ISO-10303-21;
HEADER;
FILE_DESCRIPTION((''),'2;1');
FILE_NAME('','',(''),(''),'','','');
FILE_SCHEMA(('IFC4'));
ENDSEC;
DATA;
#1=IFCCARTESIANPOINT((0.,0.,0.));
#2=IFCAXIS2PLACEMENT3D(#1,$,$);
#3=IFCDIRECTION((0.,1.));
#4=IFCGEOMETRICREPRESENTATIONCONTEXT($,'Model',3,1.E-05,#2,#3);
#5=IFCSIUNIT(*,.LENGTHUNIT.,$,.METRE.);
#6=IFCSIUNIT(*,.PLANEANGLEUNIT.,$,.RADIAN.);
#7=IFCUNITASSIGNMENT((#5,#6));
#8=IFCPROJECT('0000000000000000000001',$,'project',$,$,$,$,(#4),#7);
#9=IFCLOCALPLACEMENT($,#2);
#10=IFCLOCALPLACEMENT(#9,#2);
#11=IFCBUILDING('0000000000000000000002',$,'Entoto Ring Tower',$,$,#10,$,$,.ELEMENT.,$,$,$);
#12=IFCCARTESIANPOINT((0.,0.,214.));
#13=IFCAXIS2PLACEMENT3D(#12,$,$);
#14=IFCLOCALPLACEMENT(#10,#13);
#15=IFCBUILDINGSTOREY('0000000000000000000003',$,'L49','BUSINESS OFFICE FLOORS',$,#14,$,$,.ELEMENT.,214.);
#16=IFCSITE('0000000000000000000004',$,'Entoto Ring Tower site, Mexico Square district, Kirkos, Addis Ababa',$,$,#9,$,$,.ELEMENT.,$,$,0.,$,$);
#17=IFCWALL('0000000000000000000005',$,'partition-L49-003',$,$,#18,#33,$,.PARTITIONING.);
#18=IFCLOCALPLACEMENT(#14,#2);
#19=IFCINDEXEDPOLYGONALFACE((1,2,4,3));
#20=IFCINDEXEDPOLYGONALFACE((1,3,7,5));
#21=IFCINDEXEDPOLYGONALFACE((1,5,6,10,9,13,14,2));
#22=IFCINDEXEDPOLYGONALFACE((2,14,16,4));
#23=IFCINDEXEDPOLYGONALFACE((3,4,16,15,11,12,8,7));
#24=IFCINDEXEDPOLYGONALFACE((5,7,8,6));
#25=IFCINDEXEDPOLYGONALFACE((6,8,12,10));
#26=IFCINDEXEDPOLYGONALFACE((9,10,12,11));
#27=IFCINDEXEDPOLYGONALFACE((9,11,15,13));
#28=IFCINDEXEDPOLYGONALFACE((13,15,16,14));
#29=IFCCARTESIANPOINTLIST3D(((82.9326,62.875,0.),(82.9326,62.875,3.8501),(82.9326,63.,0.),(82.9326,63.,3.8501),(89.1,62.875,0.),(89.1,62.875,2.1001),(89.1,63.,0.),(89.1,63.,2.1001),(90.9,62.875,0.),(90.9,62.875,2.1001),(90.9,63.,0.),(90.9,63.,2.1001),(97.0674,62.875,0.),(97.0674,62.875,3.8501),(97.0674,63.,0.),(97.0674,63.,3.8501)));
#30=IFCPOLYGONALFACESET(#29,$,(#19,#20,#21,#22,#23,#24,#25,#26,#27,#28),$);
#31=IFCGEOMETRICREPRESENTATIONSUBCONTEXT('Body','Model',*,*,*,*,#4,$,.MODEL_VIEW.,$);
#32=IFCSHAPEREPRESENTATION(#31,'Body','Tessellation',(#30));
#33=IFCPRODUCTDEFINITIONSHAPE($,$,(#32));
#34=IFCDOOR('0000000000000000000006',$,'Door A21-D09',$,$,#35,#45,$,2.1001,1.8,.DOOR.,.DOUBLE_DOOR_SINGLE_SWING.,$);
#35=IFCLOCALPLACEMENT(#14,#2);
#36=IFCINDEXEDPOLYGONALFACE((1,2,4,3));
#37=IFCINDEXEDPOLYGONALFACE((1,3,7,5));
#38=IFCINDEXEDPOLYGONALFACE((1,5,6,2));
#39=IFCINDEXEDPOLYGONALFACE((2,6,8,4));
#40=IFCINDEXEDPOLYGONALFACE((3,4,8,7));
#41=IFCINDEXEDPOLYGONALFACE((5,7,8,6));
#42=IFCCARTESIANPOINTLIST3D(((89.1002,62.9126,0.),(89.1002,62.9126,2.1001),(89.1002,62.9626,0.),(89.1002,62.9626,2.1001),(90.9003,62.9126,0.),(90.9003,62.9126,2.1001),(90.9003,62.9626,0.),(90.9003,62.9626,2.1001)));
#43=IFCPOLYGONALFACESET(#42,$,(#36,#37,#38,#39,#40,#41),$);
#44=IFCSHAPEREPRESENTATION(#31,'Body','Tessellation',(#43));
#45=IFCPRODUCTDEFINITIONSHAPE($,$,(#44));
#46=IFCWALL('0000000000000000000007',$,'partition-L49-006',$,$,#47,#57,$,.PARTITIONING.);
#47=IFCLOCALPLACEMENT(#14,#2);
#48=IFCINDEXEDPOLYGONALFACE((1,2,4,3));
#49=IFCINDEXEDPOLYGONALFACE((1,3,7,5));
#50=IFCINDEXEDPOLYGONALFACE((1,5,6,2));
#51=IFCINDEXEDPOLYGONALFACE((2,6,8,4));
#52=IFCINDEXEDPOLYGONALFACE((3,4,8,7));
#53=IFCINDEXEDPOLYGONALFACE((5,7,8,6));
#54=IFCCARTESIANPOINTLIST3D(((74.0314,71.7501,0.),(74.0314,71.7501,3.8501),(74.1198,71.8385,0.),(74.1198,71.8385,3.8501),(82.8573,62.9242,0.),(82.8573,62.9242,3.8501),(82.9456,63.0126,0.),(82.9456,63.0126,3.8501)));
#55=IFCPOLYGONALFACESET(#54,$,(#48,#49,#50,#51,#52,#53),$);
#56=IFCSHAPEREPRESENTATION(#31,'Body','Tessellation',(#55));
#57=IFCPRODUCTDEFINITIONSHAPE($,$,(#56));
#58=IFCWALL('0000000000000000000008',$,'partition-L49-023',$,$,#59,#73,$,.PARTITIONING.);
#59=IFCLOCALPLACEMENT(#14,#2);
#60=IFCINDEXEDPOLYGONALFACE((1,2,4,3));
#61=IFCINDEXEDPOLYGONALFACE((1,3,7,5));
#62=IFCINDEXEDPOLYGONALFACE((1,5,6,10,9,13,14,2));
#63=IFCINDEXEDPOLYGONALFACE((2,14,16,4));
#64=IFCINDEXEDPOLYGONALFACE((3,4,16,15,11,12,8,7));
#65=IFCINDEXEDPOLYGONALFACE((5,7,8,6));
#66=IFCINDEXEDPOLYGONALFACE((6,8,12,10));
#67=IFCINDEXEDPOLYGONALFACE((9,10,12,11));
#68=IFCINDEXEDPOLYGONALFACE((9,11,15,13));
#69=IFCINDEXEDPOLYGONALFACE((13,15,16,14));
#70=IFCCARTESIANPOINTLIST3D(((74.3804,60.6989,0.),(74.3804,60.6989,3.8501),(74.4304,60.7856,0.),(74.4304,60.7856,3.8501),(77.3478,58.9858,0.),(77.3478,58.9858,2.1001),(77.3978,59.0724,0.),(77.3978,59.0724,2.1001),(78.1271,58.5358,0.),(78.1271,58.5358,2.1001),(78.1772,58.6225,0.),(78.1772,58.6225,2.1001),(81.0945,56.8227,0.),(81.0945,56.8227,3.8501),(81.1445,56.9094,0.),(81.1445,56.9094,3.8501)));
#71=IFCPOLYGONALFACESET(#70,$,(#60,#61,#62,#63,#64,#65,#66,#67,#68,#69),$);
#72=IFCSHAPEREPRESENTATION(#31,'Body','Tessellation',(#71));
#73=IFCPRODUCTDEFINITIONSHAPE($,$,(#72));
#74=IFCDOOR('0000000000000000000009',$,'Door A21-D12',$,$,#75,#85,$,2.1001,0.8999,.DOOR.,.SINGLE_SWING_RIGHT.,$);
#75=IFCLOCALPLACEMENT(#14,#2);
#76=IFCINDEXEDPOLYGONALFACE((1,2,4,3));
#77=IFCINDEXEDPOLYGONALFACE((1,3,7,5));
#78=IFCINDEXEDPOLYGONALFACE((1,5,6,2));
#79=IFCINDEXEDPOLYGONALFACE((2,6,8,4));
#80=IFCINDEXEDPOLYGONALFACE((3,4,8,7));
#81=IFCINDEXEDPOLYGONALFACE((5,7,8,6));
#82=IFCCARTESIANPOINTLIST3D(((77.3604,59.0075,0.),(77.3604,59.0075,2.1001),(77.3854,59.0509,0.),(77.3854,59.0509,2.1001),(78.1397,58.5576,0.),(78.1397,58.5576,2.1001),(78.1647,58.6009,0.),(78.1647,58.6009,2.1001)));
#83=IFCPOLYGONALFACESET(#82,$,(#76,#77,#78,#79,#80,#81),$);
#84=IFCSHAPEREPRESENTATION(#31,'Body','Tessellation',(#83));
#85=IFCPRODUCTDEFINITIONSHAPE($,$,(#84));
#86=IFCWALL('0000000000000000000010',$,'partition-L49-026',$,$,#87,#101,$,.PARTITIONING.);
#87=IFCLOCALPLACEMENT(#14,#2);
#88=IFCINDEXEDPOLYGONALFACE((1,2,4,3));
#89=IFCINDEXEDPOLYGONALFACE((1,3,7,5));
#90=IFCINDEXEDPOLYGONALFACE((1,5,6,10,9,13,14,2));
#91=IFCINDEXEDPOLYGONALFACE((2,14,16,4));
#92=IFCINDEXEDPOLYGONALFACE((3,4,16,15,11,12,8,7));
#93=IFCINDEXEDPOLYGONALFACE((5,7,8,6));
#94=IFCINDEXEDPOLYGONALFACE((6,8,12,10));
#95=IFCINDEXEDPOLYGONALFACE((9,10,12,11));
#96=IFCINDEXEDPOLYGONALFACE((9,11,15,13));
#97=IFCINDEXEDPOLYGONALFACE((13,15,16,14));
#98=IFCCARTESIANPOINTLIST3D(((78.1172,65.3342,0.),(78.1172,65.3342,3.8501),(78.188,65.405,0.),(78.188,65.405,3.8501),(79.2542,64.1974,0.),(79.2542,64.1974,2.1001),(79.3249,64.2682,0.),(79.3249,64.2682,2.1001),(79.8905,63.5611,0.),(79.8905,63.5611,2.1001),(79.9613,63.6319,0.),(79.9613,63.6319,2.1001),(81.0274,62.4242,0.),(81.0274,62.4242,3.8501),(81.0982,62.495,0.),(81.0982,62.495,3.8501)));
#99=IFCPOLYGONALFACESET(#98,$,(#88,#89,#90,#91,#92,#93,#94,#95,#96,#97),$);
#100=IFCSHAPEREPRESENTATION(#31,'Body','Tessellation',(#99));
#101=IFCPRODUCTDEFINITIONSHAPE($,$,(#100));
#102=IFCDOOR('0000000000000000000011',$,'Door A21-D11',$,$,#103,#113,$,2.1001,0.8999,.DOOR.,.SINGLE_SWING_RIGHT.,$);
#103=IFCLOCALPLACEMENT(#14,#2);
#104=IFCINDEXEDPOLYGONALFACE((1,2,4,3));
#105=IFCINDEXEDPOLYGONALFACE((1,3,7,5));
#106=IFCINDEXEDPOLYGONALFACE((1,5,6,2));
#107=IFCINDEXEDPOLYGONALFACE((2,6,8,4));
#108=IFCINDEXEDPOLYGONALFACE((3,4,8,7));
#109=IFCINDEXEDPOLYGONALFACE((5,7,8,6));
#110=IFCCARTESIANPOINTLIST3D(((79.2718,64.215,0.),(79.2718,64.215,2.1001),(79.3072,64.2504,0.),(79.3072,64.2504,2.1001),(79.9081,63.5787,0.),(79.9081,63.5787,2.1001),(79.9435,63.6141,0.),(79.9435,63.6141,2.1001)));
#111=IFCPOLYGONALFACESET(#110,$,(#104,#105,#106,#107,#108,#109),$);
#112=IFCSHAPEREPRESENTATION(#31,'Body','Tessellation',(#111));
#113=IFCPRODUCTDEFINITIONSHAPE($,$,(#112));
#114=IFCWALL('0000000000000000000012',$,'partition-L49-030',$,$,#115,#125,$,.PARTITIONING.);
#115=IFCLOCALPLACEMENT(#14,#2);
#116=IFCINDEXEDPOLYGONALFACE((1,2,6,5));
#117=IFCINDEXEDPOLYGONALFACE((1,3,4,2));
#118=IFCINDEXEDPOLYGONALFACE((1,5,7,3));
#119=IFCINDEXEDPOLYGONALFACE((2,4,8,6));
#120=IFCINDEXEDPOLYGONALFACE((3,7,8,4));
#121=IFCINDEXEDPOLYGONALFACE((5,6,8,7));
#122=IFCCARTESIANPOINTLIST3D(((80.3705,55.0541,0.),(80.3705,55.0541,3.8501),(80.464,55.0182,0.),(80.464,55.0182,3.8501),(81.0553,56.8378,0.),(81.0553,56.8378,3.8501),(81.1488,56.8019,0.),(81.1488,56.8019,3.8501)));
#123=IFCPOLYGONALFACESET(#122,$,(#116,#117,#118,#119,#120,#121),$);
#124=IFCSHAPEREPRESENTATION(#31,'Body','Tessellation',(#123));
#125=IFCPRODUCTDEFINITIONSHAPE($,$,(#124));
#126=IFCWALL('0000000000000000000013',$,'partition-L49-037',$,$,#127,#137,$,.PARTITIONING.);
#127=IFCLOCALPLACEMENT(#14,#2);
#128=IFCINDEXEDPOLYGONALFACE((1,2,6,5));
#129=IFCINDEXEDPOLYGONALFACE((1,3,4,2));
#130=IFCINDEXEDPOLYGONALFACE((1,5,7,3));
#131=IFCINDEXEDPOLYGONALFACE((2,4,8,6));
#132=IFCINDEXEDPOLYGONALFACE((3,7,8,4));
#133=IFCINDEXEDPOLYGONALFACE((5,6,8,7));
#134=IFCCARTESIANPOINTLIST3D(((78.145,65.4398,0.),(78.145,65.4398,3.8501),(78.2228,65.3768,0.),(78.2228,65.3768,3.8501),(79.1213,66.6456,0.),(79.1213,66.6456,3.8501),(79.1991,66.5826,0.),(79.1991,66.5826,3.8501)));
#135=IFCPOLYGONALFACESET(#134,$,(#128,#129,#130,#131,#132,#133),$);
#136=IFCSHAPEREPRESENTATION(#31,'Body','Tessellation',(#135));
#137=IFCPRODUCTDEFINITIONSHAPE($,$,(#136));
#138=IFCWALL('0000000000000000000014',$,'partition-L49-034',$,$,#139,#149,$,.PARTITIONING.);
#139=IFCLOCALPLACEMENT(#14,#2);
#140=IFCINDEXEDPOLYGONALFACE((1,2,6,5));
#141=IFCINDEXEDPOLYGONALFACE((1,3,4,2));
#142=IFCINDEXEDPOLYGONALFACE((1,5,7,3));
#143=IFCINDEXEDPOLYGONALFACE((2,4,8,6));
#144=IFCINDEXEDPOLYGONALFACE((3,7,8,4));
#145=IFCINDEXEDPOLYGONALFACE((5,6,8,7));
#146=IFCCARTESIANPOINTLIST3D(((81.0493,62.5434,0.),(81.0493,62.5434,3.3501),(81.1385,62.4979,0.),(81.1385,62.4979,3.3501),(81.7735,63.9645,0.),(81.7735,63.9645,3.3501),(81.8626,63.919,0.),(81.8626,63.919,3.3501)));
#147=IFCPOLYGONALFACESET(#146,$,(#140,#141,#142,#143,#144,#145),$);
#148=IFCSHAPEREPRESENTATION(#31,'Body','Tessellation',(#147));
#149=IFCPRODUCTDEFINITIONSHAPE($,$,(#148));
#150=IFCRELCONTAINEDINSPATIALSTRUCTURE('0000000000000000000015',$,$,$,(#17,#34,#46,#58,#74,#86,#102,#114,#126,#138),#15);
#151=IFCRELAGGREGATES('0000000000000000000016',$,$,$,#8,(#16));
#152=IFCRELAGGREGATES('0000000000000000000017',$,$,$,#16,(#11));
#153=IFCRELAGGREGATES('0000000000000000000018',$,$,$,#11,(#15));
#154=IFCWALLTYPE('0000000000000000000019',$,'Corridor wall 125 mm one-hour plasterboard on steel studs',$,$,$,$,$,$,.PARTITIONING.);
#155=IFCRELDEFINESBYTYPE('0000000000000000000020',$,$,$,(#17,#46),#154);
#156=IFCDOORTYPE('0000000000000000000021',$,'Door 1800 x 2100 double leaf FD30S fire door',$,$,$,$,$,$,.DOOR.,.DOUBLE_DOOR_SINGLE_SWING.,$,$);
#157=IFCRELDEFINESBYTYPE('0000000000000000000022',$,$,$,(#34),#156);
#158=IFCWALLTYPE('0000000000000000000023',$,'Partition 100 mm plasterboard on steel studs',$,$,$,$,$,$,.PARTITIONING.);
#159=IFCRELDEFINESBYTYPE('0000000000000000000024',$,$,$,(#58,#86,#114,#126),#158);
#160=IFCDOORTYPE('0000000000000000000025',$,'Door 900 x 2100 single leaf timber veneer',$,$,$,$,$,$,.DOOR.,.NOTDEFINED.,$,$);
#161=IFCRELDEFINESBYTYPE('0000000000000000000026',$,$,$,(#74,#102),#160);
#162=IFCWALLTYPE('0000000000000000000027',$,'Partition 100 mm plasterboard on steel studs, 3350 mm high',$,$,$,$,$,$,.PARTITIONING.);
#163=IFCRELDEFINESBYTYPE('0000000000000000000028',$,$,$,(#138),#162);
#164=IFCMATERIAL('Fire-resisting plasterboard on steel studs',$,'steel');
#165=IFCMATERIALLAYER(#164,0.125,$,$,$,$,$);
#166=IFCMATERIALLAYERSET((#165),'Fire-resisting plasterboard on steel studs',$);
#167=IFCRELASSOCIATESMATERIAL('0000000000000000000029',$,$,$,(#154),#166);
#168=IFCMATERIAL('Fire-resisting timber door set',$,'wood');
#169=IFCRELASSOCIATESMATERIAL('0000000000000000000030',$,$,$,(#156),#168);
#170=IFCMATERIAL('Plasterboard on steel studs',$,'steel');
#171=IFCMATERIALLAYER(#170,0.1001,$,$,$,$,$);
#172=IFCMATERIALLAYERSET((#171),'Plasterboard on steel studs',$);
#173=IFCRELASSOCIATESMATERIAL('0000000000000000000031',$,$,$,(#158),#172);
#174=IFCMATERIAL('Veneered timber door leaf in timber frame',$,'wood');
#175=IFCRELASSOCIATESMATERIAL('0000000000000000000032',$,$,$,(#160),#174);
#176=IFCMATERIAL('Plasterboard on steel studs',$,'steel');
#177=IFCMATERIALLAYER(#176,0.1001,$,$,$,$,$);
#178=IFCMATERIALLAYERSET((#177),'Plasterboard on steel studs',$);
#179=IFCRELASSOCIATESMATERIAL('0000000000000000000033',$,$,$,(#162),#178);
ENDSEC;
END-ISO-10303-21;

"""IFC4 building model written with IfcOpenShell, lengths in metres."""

from ifc_helpers import new_model, si_unit, direction, frame, frame_2d, origin, place, context, subcontext, project, spatial, rectangle, extrude, material, layer, layer_set, type_object, element, fill, save


model = new_model("IFC4")

# Units and contexts
model_context = context("Model", 3, precision=1e-05, world=origin(), true_north=direction((0.0, 1.0)))
body_context = subcontext(model_context, "Body", "Model", "MODEL_VIEW")
ifc_project = project(units=[si_unit("LENGTHUNIT", "METRE"), si_unit("PLANEANGLEUNIT", "RADIAN")], contexts=[model_context])

# Site, building, storey
site_placement = place(None, origin())
site = spatial("IfcSite", under=ifc_project, at=site_placement, Name="Entoto Ring Tower site, Mexico Square district, Kirkos, Addis Ababa", CompositionType="ELEMENT", RefElevation=0.0)
building_placement = place(site_placement, origin())
building = spatial("IfcBuilding", under=site, at=building_placement, Name="Entoto Ring Tower", CompositionType="ELEMENT")
storey_placement = place(building_placement, frame((0.0, 0.0, 214.0)))
storey = spatial("IfcBuildingStorey", under=building, at=storey_placement, Name="L49", Description="BUSINESS OFFICE FLOORS", CompositionType="ELEMENT", Elevation=214.0)

# Wall, opening, door
ifc_material_1 = material(Name="Fire-resisting plasterboard on steel studs", Category="steel")
ifc_layer_1 = layer(ifc_material_1, 0.125)
ifc_layer_set_1 = layer_set([ifc_layer_1], Name="Fire-resisting plasterboard on steel studs")
wall_type_1 = type_object("IfcWallType", Name="Corridor wall 125 mm one-hour plasterboard on steel studs", PredefinedType="PARTITIONING", material=ifc_layer_set_1)
wall_1_placement = place(storey_placement, frame((82.9326, 62.9375, 0.0), z_axis=(0.0, 0.0, 1.0), x_axis=(1.0, 0.0, 0.0)))
wall_1 = element("IfcWall", 1, at=wall_1_placement, inside=storey, type_object=wall_type_1, Name="partition-L49-003", PredefinedType="PARTITIONING", context=body_context, shape_type="SweptSolid", body=[
    extrude(rectangle(XDim=14.1348, YDim=0.125, at=frame_2d((7.0674, 0.0))), origin(), (0.0, 0.0, 1.0), 3.8501),
])
opening_1_placement = place(wall_1_placement, frame((6.1675, 0.0, 0.0)))
opening_1 = element("IfcOpeningElement", 2, at=opening_1_placement, cuts=wall_1, PredefinedType="OPENING", context=body_context, shape_type="SweptSolid", body=[
    extrude(rectangle(XDim=1.8, YDim=2.1001, at=frame_2d((0.8999, 1.05))), frame((0.0, 0.0725, 0.0), z_axis=(0.0, -1.0, 0.0), x_axis=(1.0, 0.0, 0.0)), (0.0, 0.0, 1.0), 0.145),
])
ifc_material_2 = material(Name="Fire-resisting timber door set", Category="wood")
door_type_1 = type_object("IfcDoorType", Name="Door 1800 x 2100 double leaf FD30S fire door", OperationType="DOUBLE_DOOR_SINGLE_SWING", PredefinedType="DOOR", material=ifc_material_2)
door_1_placement = place(opening_1_placement, frame((1.8, 0.0, 0.0), z_axis=(0.0, 0.0, 1.0), x_axis=(-1.0, 0.0, 0.0)))
door_1 = element("IfcDoor", 3, at=door_1_placement, inside=storey, type_object=door_type_1, Name="Door A21-D09", OperationType="DOUBLE_DOOR_SINGLE_SWING", OverallHeight=2.1001, OverallWidth=1.8, PredefinedType="DOOR", context=body_context, shape_type="SweptSolid", body=[
    extrude(rectangle(XDim=1.8, YDim=2.1001, at=frame_2d((0.8999, 1.05))), frame((0.0, 0.0249, 0.0), z_axis=(0.0, -1.0, 0.0), x_axis=(1.0, 0.0, 0.0)), (0.0, 0.0, 1.0), 0.05),
])
fill(opening_1, door_1)

# Wall
wall_2_placement = place(storey_placement, frame((82.9014, 62.9685, 0.0), z_axis=(0.0, 0.0, 1.0), x_axis=(-0.707107, 0.707107, 0.0)))
element("IfcWall", 4, at=wall_2_placement, inside=storey, type_object=wall_type_1, Name="partition-L49-006", PredefinedType="PARTITIONING", context=body_context, shape_type="SweptSolid", body=[
    extrude(rectangle(XDim=12.4817, YDim=0.125, at=frame_2d((6.2407, 0.0))), origin(), (0.0, 0.0, 1.0), 3.8501),
])

# Walls, openings, doors
ifc_material_3 = material(Name="Plasterboard on steel studs", Category="steel")
ifc_layer_2 = layer(ifc_material_3, 0.1001)
ifc_layer_set_2 = layer_set([ifc_layer_2], Name="Plasterboard on steel studs")
wall_type_2 = type_object("IfcWallType", Name="Partition 100 mm plasterboard on steel studs", PredefinedType="PARTITIONING", material=ifc_layer_set_2)
wall_3_placement = place(storey_placement, frame((81.1196, 56.866, 0.0), z_axis=(0.0, 0.0, 1.0), x_axis=(-0.866035, 0.499983, 0.0)))
wall_3 = element("IfcWall", 5, at=wall_3_placement, inside=storey, type_object=wall_type_2, Name="partition-L49-023", PredefinedType="PARTITIONING", context=body_context, shape_type="SweptSolid", body=[
    extrude(rectangle(XDim=7.7527, YDim=0.1001, at=frame_2d((3.8765, 0.0))), origin(), (0.0, 0.0, 1.0), 3.8501),
])
opening_2_placement = place(wall_3_placement, frame((3.4265, 0.0, 0.0)))
opening_2 = element("IfcOpeningElement", 6, at=opening_2_placement, cuts=wall_3, PredefinedType="OPENING", context=body_context, shape_type="SweptSolid", body=[
    extrude(rectangle(XDim=0.8999, YDim=2.1001, at=frame_2d((0.45, 1.05))), frame((0.0, 0.0601, 0.0), z_axis=(0.0, -1.0, 0.0), x_axis=(1.0, 0.0, 0.0)), (0.0, 0.0, 1.0), 0.1201),
])
ifc_material_4 = material(Name="Veneered timber door leaf in timber frame", Category="wood")
door_type_2 = type_object("IfcDoorType", Name="Door 900 x 2100 single leaf timber veneer", OperationType="NOTDEFINED", PredefinedType="DOOR", material=ifc_material_4)
door_2_placement = place(opening_2_placement, origin())
door_2 = element("IfcDoor", 7, at=door_2_placement, inside=storey, type_object=door_type_2, Name="Door A21-D12", OperationType="SINGLE_SWING_RIGHT", OverallHeight=2.1001, OverallWidth=0.8999, PredefinedType="DOOR", context=body_context, shape_type="SweptSolid", body=[
    extrude(rectangle(XDim=0.8999, YDim=2.1001, at=frame_2d((0.45, 1.05))), frame((0.0, 0.0249, 0.0), z_axis=(0.0, -1.0, 0.0), x_axis=(1.0, 0.0, 0.0)), (0.0, 0.0, 1.0), 0.05),
])
fill(opening_2, door_2)
wall_4_placement = place(storey_placement, frame((81.0627, 62.4597, 0.0), z_axis=(0.0, 0.0, 1.0), x_axis=(-0.707136, 0.707077, 0.0)))
wall_4 = element("IfcWall", 8, at=wall_4_placement, inside=storey, type_object=wall_type_2, Name="partition-L49-026", PredefinedType="PARTITIONING", context=body_context, shape_type="SweptSolid", body=[
    extrude(rectangle(XDim=4.1155, YDim=0.1001, at=frame_2d((2.0576, 0.0))), origin(), (0.0, 0.0, 1.0), 3.8501),
])
opening_3_placement = place(wall_4_placement, frame((1.6077, 0.0, 0.0)))
opening_3 = element("IfcOpeningElement", 9, at=opening_3_placement, cuts=wall_4, PredefinedType="OPENING", context=body_context, shape_type="SweptSolid", body=[
    extrude(rectangle(XDim=0.8999, YDim=2.1001, at=frame_2d((0.45, 1.05))), frame((0.0, 0.0601, 0.0), z_axis=(0.0, -1.0, 0.0), x_axis=(1.0, 0.0, 0.0)), (0.0, 0.0, 1.0), 0.1201),
])
door_3_placement = place(opening_3_placement, frame((0.8999, 0.0, 0.0), z_axis=(0.0, 0.0, 1.0), x_axis=(-1.0, 0.0, 0.0)))
door_3 = element("IfcDoor", 10, at=door_3_placement, inside=storey, type_object=door_type_2, Name="Door A21-D11", OperationType="SINGLE_SWING_RIGHT", OverallHeight=2.1001, OverallWidth=0.8999, PredefinedType="DOOR", context=body_context, shape_type="SweptSolid", body=[
    extrude(rectangle(XDim=0.8999, YDim=2.1001, at=frame_2d((0.45, 1.05))), frame((0.0, 0.0249, 0.0), z_axis=(0.0, -1.0, 0.0), x_axis=(1.0, 0.0, 0.0)), (0.0, 0.0, 1.0), 0.05),
])
fill(opening_3, door_3)

# Walls
wall_5_placement = place(storey_placement, frame((80.4172, 55.0361, 0.0), z_axis=(0.0, 0.0, 1.0), x_axis=(0.358422, 0.93356, 0.0)))
element("IfcWall", 11, at=wall_5_placement, inside=storey, type_object=wall_type_2, Name="partition-L49-030", PredefinedType="PARTITIONING", context=body_context, shape_type="SweptSolid", body=[
    extrude(rectangle(XDim=1.9106, YDim=0.1001, at=frame_2d((0.9553, 0.0))), origin(), (0.0, 0.0, 1.0), 3.8501),
])
wall_6_placement = place(storey_placement, frame((78.1838, 65.4082, 0.0), z_axis=(0.0, 0.0, 1.0), x_axis=(0.629271, 0.777186, 0.0)))
element("IfcWall", 12, at=wall_6_placement, inside=storey, type_object=wall_type_2, Name="partition-L49-037", PredefinedType="PARTITIONING", context=body_context, shape_type="SweptSolid", body=[
    extrude(rectangle(XDim=1.5515, YDim=0.1001, at=frame_2d((0.7759, 0.0))), origin(), (0.0, 0.0, 1.0), 3.8501),
])
ifc_material_5 = material(Name="Plasterboard on steel studs", Category="steel")
ifc_layer_3 = layer(ifc_material_5, 0.1001)
ifc_layer_set_3 = layer_set([ifc_layer_3], Name="Plasterboard on steel studs")
wall_type_3 = type_object("IfcWallType", Name="Partition 100 mm plasterboard on steel studs, 3350 mm high", PredefinedType="PARTITIONING", material=ifc_layer_set_3)
wall_7_placement = place(storey_placement, frame((81.094, 62.5208, 0.0), z_axis=(0.0, 0.0, 1.0), x_axis=(0.453997, 0.891003, 0.0)))
element("IfcWall", 13, at=wall_7_placement, inside=storey, type_object=wall_type_3, Name="partition-L49-034", PredefinedType="PARTITIONING", context=body_context, shape_type="SweptSolid", body=[
    extrude(rectangle(XDim=1.595, YDim=0.1001, at=frame_2d((0.7974, 0.0))), origin(), (0.0, 0.0, 1.0), 3.3501),
])

save(model, "model.ifc")
